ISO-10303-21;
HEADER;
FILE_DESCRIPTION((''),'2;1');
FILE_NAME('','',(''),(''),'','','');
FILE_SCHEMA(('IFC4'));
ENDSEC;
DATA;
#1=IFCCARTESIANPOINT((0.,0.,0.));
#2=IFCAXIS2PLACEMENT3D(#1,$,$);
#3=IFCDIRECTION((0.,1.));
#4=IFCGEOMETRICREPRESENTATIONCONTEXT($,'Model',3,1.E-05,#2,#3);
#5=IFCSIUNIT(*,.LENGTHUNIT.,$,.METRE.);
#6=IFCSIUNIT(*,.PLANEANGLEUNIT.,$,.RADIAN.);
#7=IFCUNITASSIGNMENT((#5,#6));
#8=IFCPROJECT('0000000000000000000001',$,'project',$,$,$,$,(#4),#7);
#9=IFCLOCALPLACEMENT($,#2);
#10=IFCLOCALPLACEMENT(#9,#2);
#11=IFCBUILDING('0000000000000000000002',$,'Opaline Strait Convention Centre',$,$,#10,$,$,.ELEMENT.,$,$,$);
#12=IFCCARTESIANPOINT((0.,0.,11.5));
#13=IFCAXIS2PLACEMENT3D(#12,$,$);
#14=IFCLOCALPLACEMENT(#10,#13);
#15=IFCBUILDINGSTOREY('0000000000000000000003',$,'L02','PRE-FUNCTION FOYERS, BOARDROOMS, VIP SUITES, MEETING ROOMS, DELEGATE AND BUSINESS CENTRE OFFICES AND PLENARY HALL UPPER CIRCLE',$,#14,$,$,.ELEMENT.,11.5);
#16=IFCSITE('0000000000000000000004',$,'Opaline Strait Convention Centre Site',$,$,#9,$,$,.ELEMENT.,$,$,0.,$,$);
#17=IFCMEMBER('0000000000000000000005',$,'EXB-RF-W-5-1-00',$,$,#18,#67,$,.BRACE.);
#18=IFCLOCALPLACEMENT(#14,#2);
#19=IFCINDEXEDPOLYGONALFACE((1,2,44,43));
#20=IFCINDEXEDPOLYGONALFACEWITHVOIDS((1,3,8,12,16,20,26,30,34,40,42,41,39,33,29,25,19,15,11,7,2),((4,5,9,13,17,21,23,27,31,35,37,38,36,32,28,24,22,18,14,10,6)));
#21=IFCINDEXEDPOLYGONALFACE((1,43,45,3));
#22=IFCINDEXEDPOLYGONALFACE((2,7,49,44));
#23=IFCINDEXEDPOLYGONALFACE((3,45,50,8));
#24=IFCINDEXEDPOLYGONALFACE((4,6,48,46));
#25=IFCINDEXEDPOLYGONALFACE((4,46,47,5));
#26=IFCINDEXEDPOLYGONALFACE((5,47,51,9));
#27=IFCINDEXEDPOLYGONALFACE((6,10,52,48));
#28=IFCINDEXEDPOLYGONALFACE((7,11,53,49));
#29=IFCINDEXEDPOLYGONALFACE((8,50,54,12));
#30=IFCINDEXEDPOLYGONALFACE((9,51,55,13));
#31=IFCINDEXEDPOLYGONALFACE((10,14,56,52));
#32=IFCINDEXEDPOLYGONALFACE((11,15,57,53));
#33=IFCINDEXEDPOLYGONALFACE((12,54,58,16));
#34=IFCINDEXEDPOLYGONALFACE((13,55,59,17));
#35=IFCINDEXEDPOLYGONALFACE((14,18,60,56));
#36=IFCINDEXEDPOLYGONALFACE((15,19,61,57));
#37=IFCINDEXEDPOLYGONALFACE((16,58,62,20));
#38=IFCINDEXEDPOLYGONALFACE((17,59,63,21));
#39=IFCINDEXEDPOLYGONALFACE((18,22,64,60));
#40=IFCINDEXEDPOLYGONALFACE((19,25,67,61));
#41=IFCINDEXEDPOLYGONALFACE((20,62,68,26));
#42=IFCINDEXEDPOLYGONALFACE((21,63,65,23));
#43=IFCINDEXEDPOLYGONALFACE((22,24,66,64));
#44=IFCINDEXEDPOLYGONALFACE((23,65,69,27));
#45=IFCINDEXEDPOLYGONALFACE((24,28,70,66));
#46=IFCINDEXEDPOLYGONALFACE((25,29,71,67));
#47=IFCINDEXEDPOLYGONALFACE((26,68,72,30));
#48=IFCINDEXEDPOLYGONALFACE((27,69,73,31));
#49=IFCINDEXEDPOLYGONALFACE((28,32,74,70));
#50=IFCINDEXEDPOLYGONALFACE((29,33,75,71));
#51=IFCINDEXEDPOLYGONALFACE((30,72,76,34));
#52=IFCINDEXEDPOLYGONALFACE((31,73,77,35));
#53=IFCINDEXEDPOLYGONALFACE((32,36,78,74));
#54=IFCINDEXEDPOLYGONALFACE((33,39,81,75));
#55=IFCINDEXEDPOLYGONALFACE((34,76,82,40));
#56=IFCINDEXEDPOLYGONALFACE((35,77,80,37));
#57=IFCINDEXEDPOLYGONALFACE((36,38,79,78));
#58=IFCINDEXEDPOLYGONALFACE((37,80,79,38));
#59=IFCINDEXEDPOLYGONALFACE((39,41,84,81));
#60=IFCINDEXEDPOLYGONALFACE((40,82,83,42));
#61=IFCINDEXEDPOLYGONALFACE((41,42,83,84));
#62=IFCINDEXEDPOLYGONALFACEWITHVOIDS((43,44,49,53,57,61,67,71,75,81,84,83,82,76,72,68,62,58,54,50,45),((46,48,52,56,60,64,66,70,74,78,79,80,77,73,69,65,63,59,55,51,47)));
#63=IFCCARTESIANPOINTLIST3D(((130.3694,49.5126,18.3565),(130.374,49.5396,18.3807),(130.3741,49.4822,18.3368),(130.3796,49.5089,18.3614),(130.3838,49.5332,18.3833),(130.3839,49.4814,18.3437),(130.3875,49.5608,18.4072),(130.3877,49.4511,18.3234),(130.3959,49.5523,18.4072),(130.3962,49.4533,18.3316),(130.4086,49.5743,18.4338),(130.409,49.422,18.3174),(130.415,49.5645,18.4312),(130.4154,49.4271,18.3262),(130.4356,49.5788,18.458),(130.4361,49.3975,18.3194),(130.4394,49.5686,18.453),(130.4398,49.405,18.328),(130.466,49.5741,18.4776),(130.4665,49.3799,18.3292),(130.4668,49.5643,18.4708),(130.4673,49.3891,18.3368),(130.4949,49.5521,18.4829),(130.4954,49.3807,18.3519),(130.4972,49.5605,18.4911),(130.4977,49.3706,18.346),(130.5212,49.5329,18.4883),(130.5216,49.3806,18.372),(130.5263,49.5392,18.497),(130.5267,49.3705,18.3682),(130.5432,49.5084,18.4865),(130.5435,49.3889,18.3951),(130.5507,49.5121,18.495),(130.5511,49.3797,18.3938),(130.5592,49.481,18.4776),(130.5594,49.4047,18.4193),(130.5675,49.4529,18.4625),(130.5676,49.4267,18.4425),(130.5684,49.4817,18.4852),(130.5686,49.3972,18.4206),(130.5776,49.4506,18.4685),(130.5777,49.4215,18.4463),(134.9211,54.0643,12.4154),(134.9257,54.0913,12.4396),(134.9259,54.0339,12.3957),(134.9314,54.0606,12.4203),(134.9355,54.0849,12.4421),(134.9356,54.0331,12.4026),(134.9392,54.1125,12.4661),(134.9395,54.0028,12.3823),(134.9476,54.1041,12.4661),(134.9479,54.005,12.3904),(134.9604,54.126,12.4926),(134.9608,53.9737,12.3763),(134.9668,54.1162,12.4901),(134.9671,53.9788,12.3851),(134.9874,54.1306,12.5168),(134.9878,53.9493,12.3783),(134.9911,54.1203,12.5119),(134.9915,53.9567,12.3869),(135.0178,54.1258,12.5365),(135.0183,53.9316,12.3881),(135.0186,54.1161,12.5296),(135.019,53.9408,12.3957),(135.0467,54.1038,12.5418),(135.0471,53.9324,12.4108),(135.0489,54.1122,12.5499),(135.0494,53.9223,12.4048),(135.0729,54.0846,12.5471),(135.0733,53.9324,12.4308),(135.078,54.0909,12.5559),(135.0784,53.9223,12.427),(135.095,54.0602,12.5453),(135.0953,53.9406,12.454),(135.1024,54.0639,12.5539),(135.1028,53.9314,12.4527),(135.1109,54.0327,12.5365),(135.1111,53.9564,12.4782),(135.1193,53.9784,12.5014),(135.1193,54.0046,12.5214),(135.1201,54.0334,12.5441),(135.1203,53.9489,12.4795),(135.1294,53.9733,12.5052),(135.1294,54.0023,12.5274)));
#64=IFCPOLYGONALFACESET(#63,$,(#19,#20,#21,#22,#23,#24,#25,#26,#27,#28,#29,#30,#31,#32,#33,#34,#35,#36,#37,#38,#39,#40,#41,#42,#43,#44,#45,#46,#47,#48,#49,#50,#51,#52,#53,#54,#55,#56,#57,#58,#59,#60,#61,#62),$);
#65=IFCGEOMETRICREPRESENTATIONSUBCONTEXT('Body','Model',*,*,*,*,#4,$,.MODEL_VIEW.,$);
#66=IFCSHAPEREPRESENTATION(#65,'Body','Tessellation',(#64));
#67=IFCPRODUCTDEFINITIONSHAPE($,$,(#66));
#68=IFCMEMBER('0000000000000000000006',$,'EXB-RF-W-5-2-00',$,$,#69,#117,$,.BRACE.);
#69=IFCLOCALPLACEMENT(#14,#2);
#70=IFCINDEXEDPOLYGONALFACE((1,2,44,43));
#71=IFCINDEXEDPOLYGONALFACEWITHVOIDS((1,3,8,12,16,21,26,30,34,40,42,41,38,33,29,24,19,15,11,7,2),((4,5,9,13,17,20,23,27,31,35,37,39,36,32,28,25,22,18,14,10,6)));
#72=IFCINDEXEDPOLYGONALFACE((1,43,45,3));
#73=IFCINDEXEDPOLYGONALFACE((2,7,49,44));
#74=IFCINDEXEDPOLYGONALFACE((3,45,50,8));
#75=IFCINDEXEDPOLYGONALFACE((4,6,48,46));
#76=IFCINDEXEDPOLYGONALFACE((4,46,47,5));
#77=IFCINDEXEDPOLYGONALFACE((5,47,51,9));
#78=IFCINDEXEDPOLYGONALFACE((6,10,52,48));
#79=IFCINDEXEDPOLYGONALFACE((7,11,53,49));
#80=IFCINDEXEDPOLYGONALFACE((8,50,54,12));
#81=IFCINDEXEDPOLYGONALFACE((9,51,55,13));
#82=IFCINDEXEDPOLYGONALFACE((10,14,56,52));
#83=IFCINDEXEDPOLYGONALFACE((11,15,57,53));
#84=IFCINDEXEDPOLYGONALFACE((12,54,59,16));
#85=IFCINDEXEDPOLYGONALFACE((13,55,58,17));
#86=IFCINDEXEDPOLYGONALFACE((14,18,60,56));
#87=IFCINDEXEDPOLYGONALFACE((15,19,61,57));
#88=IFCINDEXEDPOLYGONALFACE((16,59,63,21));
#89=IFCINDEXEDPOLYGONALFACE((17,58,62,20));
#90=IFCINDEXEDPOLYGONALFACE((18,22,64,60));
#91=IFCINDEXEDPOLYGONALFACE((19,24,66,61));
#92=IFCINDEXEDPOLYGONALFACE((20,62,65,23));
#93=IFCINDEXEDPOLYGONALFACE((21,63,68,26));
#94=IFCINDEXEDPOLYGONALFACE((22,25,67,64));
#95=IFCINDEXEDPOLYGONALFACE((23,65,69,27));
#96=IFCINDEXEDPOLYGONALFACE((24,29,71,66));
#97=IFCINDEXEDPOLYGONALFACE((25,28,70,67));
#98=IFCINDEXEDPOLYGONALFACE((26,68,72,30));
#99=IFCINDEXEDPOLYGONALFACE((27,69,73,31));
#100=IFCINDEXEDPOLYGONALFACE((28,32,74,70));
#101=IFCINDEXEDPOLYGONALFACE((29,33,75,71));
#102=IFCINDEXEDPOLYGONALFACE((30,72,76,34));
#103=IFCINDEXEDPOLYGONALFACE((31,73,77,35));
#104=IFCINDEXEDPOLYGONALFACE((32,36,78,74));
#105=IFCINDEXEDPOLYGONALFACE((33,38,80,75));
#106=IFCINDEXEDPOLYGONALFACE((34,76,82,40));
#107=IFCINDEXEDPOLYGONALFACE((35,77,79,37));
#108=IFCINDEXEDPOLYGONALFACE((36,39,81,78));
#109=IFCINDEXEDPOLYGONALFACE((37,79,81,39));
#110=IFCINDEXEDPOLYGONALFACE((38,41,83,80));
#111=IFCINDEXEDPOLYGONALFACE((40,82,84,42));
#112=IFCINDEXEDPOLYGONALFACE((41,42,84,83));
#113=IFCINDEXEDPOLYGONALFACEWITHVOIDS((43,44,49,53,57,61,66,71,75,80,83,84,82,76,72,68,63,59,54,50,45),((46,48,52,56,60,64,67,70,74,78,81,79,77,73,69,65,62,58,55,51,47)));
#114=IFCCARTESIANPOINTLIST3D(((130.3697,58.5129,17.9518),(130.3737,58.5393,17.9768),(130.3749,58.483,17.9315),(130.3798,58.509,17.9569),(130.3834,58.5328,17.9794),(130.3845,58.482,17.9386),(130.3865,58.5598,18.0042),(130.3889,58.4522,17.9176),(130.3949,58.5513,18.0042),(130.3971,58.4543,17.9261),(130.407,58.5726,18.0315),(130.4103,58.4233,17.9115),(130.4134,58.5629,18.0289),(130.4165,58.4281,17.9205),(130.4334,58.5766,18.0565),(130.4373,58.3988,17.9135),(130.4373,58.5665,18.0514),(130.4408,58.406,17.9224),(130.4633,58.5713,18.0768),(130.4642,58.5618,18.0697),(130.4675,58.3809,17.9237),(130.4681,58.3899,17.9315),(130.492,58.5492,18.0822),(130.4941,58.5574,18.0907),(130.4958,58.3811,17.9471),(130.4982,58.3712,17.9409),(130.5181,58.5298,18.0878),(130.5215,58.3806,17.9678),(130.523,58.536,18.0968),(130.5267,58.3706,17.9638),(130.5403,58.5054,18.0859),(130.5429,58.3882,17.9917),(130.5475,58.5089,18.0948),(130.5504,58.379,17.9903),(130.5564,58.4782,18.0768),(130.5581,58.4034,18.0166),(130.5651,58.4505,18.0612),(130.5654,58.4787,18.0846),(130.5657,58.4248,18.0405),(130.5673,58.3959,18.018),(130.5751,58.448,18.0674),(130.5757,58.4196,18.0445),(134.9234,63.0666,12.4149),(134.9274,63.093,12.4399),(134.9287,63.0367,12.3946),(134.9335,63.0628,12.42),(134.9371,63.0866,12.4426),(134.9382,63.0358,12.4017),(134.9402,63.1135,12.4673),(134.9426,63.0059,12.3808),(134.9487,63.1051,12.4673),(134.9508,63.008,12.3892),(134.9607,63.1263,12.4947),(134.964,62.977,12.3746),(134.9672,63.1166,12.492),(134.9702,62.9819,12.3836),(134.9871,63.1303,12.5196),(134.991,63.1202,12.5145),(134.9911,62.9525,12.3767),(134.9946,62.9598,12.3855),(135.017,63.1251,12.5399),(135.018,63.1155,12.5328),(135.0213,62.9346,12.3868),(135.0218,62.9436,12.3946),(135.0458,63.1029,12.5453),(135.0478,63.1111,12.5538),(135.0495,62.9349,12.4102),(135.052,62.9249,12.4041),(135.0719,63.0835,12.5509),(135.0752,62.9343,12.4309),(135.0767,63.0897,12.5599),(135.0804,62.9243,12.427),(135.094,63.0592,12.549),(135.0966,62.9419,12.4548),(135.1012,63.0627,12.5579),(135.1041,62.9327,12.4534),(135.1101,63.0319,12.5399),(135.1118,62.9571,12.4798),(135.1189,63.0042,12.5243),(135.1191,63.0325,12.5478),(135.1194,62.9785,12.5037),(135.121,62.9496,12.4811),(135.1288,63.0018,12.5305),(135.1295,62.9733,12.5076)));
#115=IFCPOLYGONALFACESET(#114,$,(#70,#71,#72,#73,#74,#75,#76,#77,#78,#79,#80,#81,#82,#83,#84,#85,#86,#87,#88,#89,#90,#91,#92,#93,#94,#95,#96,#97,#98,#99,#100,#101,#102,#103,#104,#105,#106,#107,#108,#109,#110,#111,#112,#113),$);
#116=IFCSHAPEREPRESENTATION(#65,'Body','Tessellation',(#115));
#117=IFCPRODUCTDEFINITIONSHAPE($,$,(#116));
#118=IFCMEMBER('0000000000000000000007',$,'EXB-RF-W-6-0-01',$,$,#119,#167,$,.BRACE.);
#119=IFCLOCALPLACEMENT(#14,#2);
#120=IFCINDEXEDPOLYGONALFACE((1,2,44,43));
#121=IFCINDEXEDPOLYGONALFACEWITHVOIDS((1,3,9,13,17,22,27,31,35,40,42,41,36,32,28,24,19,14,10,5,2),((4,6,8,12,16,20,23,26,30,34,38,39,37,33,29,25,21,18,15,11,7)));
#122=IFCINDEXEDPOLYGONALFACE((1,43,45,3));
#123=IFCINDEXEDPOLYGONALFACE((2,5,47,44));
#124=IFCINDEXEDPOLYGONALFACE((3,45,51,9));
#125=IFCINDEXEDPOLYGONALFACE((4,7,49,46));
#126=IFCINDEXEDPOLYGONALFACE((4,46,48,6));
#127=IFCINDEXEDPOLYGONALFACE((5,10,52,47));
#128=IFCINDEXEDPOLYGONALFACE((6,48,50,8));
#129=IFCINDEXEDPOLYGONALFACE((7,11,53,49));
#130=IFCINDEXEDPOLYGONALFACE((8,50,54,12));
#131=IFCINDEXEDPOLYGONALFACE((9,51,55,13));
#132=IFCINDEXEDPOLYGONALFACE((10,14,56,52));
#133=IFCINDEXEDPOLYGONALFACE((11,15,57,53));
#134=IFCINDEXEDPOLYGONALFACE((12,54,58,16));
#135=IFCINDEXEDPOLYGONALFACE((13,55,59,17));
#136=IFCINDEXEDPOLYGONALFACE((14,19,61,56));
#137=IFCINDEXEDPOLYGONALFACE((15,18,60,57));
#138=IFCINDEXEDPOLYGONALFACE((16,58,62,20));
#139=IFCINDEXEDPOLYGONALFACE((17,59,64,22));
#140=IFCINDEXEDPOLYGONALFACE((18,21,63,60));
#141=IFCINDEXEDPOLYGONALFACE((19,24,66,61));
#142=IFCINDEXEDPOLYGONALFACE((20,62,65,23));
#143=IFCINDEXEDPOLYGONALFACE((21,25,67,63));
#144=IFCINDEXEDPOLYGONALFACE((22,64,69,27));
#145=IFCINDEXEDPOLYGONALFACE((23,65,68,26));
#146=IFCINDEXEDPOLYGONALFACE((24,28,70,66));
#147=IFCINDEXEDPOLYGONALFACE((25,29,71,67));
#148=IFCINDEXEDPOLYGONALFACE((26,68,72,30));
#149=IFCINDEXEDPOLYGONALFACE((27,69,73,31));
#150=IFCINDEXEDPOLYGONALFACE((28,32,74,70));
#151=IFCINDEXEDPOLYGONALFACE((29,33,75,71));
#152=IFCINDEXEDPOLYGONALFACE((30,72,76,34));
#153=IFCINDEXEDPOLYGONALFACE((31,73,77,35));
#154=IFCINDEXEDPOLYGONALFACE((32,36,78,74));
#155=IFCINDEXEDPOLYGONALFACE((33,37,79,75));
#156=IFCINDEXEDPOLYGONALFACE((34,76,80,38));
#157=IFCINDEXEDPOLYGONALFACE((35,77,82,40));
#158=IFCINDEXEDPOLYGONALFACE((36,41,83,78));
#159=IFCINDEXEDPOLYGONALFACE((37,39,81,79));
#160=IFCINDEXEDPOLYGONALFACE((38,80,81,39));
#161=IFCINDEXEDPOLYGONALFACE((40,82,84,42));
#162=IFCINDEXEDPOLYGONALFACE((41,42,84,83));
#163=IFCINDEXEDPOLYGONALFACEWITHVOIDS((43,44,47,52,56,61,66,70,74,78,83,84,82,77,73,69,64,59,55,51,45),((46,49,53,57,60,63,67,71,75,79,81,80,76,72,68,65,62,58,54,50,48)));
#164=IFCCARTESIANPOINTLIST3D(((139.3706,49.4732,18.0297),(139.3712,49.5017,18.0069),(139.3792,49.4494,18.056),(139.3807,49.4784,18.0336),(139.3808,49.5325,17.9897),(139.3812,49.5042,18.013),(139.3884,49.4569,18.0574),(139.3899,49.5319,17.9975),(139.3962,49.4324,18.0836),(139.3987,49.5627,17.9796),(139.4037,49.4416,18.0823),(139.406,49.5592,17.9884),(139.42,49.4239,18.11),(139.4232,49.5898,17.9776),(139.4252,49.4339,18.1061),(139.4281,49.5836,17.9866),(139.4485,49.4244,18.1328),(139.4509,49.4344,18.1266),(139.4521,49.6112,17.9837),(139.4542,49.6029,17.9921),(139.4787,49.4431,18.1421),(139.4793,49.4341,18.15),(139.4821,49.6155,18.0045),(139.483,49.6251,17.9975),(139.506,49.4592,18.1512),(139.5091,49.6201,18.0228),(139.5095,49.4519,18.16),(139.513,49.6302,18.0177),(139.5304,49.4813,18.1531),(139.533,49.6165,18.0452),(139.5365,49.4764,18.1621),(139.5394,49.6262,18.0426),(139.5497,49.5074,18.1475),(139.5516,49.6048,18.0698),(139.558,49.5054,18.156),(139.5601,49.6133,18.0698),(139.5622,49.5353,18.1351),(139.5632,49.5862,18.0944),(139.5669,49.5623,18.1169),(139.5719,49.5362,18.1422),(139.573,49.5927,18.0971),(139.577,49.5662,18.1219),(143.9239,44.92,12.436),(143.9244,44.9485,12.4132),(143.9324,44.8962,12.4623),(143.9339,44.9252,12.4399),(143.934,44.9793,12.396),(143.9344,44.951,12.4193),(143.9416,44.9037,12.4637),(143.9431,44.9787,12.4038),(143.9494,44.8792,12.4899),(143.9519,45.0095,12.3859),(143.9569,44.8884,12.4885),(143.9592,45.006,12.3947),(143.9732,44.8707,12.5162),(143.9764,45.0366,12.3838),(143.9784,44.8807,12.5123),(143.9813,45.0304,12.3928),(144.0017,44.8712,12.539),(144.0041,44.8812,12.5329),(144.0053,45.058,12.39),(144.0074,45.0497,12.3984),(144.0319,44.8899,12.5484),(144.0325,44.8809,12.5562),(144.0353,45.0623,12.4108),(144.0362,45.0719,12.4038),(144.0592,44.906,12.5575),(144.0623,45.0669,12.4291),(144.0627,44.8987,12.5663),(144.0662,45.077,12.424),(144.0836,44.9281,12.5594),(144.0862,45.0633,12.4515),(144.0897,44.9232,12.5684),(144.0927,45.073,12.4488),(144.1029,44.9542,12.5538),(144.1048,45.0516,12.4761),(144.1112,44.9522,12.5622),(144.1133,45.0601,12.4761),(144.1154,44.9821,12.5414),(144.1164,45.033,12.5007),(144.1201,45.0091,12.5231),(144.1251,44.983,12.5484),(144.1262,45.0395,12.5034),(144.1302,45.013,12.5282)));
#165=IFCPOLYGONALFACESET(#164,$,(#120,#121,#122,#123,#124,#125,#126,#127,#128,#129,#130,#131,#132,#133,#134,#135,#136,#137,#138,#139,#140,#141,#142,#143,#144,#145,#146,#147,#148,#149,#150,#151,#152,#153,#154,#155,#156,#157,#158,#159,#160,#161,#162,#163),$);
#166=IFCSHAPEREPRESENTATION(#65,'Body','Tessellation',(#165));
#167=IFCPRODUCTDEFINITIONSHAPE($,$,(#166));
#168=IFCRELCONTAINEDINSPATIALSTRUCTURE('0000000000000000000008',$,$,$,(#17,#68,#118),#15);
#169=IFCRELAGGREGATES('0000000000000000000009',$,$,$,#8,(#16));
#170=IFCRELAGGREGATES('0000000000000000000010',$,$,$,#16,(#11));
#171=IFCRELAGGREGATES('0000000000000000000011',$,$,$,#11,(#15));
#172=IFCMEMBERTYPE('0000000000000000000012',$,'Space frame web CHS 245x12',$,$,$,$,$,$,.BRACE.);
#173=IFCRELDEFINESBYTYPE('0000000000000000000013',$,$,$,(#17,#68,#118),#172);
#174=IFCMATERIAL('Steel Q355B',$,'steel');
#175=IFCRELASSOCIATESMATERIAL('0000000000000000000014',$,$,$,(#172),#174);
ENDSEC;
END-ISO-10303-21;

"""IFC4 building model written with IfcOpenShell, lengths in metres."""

from ifc_helpers import new_model, si_unit, direction, frame, origin, origin_2d, place, context, subcontext, project, spatial, hollow_circle, extrude, material, material_profile, profile_set, type_object, element, save


model = new_model("IFC4")

# Units and contexts
model_context = context("Model", 3, precision=1e-05, world=origin(), true_north=direction((0.0, 1.0)))
body_context = subcontext(model_context, "Body", "Model", "MODEL_VIEW")
ifc_project = project(units=[si_unit("LENGTHUNIT", "METRE"), si_unit("PLANEANGLEUNIT", "RADIAN")], contexts=[model_context])

# Site, building, storey
site_placement = place(None, origin())
site = spatial("IfcSite", under=ifc_project, at=site_placement, Name="Opaline Strait Convention Centre Site", CompositionType="ELEMENT", RefElevation=0.0)
building_placement = place(site_placement, origin())
building = spatial("IfcBuilding", under=site, at=building_placement, Name="Opaline Strait Convention Centre", CompositionType="ELEMENT")
storey_placement = place(building_placement, frame((0.0, 0.0, 11.5)))
storey = spatial("IfcBuildingStorey", under=building, at=storey_placement, Name="L02", Description="PRE-FUNCTION FOYERS, BOARDROOMS, VIP SUITES, MEETING ROOMS, DELEGATE AND BUSINESS CENTRE OFFICES AND PLENARY HALL UPPER CIRCLE", CompositionType="ELEMENT", Elevation=11.5)

# Members
ifc_material_1 = material(Name="Steel Q355B", Category="steel")
ifc_material_profile_1 = material_profile(ifc_material_1, hollow_circle(Radius=0.1226, WallThickness=0.012, at=origin_2d()), Name="CHS 245x12")
ifc_profile_set_1 = profile_set([ifc_material_profile_1], Name="Steel Q355B")
member_type_1 = type_object("IfcMemberType", Name="Space frame web CHS 245x12", PredefinedType="BRACE", material=ifc_profile_set_1)
member_1_placement = place(storey_placement, frame((130.4741, 49.4741, 18.4072), z_axis=(0.519618, 0.519618, -0.678229), x_axis=(-0.707107, 0.707107, 0.0)))
element("IfcMember", 1, at=member_1_placement, inside=storey, type_object=member_type_1, Name="EXB-RF-W-5-1-00", PredefinedType="BRACE", context=body_context, shape_type="SweptSolid", body=[
    extrude(hollow_circle(Radius=0.1226, WallThickness=0.012, at=origin_2d()), origin(), (0.0, 0.0, 1.0), 8.7598),
])
member_2_placement = place(storey_placement, frame((130.4731, 58.4731, 18.0042), z_axis=(0.536178, 0.536178, -0.65194), x_axis=(-0.707107, 0.707107, 0.0)))
element("IfcMember", 2, at=member_2_placement, inside=storey, type_object=member_type_1, Name="EXB-RF-W-5-2-00", PredefinedType="BRACE", context=body_context, shape_type="SweptSolid", body=[
    extrude(hollow_circle(Radius=0.1226, WallThickness=0.012, at=origin_2d()), origin(), (0.0, 0.0, 1.0), 8.4929),
])
member_3_placement = place(storey_placement, frame((139.4734, 49.5266, 18.0698), z_axis=(0.533816, -0.533816, -0.655806), x_axis=(0.707107, 0.707107, 0.0)))
element("IfcMember", 3, at=member_3_placement, inside=storey, type_object=member_type_1, Name="EXB-RF-W-6-0-01", PredefinedType="BRACE", context=body_context, shape_type="SweptSolid", body=[
    extrude(hollow_circle(Radius=0.1226, WallThickness=0.012, at=origin_2d()), origin(), (0.0, 0.0, 1.0), 8.5295),
])

save(model, "model.ifc")
